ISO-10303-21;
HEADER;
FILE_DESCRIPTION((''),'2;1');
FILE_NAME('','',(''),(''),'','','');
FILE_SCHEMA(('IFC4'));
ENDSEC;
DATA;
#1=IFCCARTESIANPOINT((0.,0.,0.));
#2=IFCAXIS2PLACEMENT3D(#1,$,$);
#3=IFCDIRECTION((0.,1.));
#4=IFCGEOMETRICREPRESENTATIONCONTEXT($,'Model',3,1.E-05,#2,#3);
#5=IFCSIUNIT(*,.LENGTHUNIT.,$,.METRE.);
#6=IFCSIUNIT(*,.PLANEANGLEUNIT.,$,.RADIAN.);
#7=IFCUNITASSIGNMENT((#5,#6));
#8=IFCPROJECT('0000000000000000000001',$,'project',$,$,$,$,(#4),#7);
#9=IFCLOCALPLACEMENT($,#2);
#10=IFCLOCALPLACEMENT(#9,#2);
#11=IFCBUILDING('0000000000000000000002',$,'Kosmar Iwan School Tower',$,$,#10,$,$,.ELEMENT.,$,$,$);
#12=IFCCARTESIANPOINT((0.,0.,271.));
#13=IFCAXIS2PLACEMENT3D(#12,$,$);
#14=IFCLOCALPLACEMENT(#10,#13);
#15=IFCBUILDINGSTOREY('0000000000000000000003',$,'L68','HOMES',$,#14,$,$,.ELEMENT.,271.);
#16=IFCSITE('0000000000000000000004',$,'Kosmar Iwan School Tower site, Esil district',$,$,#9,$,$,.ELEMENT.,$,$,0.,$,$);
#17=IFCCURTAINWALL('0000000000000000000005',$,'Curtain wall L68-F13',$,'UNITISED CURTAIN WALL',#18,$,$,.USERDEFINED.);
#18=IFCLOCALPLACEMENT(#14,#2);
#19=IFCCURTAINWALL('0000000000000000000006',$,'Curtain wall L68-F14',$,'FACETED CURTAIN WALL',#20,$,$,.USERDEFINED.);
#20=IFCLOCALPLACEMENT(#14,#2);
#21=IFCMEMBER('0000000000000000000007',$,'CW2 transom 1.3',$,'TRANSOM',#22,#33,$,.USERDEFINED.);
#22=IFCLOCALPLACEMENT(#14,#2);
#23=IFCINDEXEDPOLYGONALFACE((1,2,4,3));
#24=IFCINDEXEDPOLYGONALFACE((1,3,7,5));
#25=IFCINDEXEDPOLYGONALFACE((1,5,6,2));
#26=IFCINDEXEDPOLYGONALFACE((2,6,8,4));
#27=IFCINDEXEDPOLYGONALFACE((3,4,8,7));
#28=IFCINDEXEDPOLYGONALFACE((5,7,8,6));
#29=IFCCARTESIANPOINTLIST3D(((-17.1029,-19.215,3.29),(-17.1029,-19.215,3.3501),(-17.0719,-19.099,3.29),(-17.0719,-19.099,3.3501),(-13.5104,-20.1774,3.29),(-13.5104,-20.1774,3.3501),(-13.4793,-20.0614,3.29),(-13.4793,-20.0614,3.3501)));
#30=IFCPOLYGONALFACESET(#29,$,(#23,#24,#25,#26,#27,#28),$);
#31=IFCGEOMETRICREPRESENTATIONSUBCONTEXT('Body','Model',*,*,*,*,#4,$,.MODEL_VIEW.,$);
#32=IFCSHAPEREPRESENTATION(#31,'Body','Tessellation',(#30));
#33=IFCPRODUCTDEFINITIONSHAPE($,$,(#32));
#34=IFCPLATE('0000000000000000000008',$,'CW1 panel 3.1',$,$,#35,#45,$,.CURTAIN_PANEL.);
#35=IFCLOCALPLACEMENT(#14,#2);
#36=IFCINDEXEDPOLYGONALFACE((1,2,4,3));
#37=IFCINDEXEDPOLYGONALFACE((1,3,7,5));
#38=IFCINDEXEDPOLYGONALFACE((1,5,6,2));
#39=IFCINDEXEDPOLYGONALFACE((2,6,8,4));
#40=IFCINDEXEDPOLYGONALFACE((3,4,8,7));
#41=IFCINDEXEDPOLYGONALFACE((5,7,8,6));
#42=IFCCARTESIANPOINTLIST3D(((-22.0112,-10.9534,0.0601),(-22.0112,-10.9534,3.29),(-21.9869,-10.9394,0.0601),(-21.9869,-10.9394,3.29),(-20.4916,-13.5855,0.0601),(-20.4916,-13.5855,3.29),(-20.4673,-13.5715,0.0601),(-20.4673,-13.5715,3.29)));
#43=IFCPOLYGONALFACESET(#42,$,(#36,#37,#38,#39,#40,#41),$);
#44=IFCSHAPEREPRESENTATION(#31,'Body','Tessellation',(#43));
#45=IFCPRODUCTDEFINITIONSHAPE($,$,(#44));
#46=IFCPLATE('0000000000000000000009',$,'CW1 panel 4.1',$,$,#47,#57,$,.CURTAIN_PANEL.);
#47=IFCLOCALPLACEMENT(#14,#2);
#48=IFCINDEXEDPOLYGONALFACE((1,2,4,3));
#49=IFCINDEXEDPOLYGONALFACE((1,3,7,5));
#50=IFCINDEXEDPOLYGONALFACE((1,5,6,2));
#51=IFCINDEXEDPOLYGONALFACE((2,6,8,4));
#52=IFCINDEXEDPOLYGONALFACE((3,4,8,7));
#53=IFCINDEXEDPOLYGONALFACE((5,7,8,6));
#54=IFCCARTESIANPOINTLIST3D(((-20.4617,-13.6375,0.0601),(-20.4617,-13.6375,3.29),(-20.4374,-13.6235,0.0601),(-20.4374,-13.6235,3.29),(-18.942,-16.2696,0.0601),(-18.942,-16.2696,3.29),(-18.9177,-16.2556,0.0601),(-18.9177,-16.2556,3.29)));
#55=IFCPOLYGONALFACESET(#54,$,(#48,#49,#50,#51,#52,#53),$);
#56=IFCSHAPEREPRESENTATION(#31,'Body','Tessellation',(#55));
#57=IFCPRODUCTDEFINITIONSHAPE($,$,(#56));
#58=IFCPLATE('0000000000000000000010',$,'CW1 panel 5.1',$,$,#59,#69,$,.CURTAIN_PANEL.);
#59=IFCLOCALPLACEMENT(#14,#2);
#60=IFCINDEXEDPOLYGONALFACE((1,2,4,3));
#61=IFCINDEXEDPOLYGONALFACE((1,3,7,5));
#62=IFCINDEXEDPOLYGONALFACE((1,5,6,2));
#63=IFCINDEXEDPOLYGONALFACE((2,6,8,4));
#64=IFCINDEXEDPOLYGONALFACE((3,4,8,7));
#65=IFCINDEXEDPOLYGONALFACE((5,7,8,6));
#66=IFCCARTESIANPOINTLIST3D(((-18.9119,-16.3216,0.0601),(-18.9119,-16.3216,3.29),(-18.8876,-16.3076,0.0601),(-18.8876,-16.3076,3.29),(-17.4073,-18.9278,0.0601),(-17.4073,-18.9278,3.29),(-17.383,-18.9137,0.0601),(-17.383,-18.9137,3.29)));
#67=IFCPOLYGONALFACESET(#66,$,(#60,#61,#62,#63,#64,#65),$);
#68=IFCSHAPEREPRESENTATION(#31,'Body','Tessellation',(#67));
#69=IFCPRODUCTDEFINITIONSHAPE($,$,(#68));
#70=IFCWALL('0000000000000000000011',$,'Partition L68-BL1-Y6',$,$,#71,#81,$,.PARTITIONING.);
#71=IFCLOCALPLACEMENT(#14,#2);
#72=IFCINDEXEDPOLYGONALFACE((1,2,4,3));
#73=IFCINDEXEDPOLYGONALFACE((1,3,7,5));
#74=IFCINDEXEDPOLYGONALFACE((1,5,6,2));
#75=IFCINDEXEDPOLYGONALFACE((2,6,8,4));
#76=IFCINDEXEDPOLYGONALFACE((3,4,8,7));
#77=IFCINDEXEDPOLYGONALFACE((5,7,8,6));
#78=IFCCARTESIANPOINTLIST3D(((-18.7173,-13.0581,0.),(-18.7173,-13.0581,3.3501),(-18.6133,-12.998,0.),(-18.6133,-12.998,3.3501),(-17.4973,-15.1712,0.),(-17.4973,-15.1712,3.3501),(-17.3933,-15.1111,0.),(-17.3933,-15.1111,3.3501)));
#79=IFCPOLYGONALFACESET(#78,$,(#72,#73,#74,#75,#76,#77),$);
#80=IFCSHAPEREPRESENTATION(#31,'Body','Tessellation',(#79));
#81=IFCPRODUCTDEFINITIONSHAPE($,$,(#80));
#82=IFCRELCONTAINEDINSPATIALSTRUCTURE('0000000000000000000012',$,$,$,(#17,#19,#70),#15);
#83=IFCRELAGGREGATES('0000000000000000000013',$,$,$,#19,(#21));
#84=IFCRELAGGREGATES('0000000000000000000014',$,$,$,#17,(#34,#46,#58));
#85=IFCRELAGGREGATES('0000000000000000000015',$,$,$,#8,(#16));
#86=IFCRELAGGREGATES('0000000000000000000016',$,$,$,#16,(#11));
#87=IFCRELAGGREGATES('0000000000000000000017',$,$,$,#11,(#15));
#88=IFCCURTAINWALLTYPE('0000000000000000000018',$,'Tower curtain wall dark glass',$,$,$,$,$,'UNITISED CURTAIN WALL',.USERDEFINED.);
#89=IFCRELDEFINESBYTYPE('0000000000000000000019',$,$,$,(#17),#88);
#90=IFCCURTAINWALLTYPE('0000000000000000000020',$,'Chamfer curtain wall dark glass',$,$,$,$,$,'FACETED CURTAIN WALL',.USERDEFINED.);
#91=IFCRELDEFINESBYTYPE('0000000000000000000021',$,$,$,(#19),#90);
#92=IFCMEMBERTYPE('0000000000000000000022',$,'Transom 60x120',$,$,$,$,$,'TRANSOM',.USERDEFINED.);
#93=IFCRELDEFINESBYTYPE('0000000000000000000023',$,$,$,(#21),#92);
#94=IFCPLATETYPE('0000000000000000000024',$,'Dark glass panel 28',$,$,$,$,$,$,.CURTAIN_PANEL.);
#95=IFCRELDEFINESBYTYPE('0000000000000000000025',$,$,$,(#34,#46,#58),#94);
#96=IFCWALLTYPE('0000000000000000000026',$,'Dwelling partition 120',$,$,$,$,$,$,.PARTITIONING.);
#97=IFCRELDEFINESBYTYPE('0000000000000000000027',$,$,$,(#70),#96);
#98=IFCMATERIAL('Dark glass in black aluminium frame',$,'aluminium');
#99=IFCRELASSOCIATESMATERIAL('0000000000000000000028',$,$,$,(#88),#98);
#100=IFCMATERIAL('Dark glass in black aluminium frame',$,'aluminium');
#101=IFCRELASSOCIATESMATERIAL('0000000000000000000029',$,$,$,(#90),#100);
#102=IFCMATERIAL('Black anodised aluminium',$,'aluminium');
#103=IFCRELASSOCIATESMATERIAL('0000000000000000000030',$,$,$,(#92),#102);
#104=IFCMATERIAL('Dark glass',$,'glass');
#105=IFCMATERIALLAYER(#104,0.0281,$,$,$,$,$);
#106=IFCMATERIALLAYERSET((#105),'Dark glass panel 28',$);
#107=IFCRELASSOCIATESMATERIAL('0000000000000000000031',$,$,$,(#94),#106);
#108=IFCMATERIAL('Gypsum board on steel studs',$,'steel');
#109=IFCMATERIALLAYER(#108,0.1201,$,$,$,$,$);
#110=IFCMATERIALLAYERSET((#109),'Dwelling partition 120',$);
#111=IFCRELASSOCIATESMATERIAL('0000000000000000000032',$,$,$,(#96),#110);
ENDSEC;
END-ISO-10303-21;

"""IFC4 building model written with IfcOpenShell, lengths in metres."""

from ifc_helpers import new_model, si_unit, direction, frame, frame_2d, origin, origin_2d, place, context, subcontext, project, spatial, rectangle, extrude, material, layer, layer_set, material_profile, profile_set, type_object, element, aggregate, save


model = new_model("IFC4")

# Units and contexts
model_context = context("Model", 3, precision=1e-05, world=origin(), true_north=direction((0.0, 1.0)))
body_context = subcontext(model_context, "Body", "Model", "MODEL_VIEW")
ifc_project = project(units=[si_unit("LENGTHUNIT", "METRE"), si_unit("PLANEANGLEUNIT", "RADIAN")], contexts=[model_context])

# Site, building, storey
site_placement = place(None, origin())
site = spatial("IfcSite", under=ifc_project, at=site_placement, Name="Kosmar Iwan School Tower site, Esil district", CompositionType="ELEMENT", RefElevation=0.0)
building_placement = place(site_placement, origin())
building = spatial("IfcBuilding", under=site, at=building_placement, Name="Kosmar Iwan School Tower", CompositionType="ELEMENT")
storey_placement = place(building_placement, frame((0.0, 0.0, 271.0)))
storey = spatial("IfcBuildingStorey", under=building, at=storey_placement, Name="L68", Description="HOMES", CompositionType="ELEMENT", Elevation=271.0)

# Curtain wall
ifc_material_1 = material(Name="Dark glass in black aluminium frame", Category="aluminium")
curtain_wall_type_1 = type_object("IfcCurtainWallType", Name="Tower curtain wall dark glass", ElementType="UNITISED CURTAIN WALL", PredefinedType="USERDEFINED", material=ifc_material_1)
curtain_wall_1_placement = place(storey_placement, origin())
curtain_wall_1 = element("IfcCurtainWall", 1, at=curtain_wall_1_placement, inside=storey, type_object=curtain_wall_type_1, Name="Curtain wall L68-F13", ObjectType="UNITISED CURTAIN WALL", PredefinedType="USERDEFINED")

# Curtain wall
ifc_material_2 = material(Name="Dark glass in black aluminium frame", Category="aluminium")
curtain_wall_type_2 = type_object("IfcCurtainWallType", Name="Chamfer curtain wall dark glass", ElementType="FACETED CURTAIN WALL", PredefinedType="USERDEFINED", material=ifc_material_2)
curtain_wall_2_placement = place(storey_placement, origin())
curtain_wall_2 = element("IfcCurtainWall", 2, at=curtain_wall_2_placement, inside=storey, type_object=curtain_wall_type_2, Name="Curtain wall L68-F14", ObjectType="FACETED CURTAIN WALL", PredefinedType="USERDEFINED")

# Member
ifc_material_3 = material(Name="Black anodised aluminium", Category="aluminium")
ifc_material_profile_1 = material_profile(ifc_material_3, rectangle(XDim=0.1201, YDim=0.0601, at=origin_2d()), Name="TRANSOM 60x120")
ifc_profile_set_1 = profile_set([ifc_material_profile_1], Name="Black anodised aluminium")
member_type_1 = type_object("IfcMemberType", Name="Transom 60x120", ElementType="TRANSOM", PredefinedType="USERDEFINED", material=ifc_profile_set_1)
member_1_placement = place(storey_placement, frame((-17.0874, -19.157, 3.3201), z_axis=(0.96594, -0.258766, 0.0), x_axis=(0.258766, 0.96594, 0.0)))
member_1 = element("IfcMember", 3, at=member_1_placement, type_object=member_type_1, Name="CW2 transom 1.3", ObjectType="TRANSOM", PredefinedType="USERDEFINED", context=body_context, shape_type="SweptSolid", body=[
    extrude(rectangle(XDim=0.1201, YDim=0.0601, at=origin_2d()), origin(), (0.0, 0.0, 1.0), 3.7192),
])
aggregate(curtain_wall_2, [member_1])

# Plates
ifc_material_4 = material(Name="Dark glass", Category="glass")
ifc_layer_1 = layer(ifc_material_4, 0.0281)
ifc_layer_set_1 = layer_set([ifc_layer_1], Name="Dark glass panel 28")
plate_type = type_object("IfcPlateType", Name="Dark glass panel 28", PredefinedType="CURTAIN_PANEL", material=ifc_layer_set_1)
plate_1_placement = place(storey_placement, frame((-21.2393, -12.2625, 0.0601), z_axis=(0.0, 0.0, 1.0), x_axis=(0.5, -0.866025, 0.0)))
plate_1 = element("IfcPlate", 4, at=plate_1_placement, type_object=plate_type, Name="CW1 panel 3.1", PredefinedType="CURTAIN_PANEL", context=body_context, shape_type="SweptSolid", body=[
    extrude(rectangle(XDim=3.0393, YDim=0.0281, at=origin_2d()), origin(), (0.0, 0.0, 1.0), 3.23),
])
plate_2_placement = place(storey_placement, frame((-19.6897, -14.9465, 0.0601), z_axis=(0.0, 0.0, 1.0), x_axis=(0.5, -0.866025, 0.0)))
plate_2 = element("IfcPlate", 5, at=plate_2_placement, type_object=plate_type, Name="CW1 panel 4.1", PredefinedType="CURTAIN_PANEL", context=body_context, shape_type="SweptSolid", body=[
    extrude(rectangle(XDim=3.0393, YDim=0.0281, at=origin_2d()), origin(), (0.0, 0.0, 1.0), 3.23),
])
plate_3_placement = place(storey_placement, frame((-18.1475, -17.6177, 0.0601), z_axis=(0.0, 0.0, 1.0), x_axis=(0.5, -0.866025, 0.0)))
plate_3 = element("IfcPlate", 6, at=plate_3_placement, type_object=plate_type, Name="CW1 panel 5.1", PredefinedType="CURTAIN_PANEL", context=body_context, shape_type="SweptSolid", body=[
    extrude(rectangle(XDim=3.0093, YDim=0.0281, at=origin_2d()), origin(), (0.0, 0.0, 1.0), 3.23),
])
aggregate(curtain_wall_1, [plate_1, plate_2, plate_3])

# Wall
ifc_material_5 = material(Name="Gypsum board on steel studs", Category="steel")
ifc_layer_2 = layer(ifc_material_5, 0.1201)
ifc_layer_set_2 = layer_set([ifc_layer_2], Name="Dwelling partition 120")
wall_type = type_object("IfcWallType", Name="Dwelling partition 120", PredefinedType="PARTITIONING", material=ifc_layer_set_2)
wall_placement = place(storey_placement, frame((-18.6653, -13.0281, 0.0), z_axis=(0.0, 0.0, 1.0), x_axis=(0.500003, -0.866024, 0.0)))
element("IfcWall", 7, at=wall_placement, inside=storey, type_object=wall_type, Name="Partition L68-BL1-Y6", PredefinedType="PARTITIONING", context=body_context, shape_type="SweptSolid", body=[
    extrude(rectangle(XDim=2.4399, YDim=0.1201, at=frame_2d((1.22, 0.0))), origin(), (0.0, 0.0, 1.0), 3.3501),
])

save(model, "model.ifc")
